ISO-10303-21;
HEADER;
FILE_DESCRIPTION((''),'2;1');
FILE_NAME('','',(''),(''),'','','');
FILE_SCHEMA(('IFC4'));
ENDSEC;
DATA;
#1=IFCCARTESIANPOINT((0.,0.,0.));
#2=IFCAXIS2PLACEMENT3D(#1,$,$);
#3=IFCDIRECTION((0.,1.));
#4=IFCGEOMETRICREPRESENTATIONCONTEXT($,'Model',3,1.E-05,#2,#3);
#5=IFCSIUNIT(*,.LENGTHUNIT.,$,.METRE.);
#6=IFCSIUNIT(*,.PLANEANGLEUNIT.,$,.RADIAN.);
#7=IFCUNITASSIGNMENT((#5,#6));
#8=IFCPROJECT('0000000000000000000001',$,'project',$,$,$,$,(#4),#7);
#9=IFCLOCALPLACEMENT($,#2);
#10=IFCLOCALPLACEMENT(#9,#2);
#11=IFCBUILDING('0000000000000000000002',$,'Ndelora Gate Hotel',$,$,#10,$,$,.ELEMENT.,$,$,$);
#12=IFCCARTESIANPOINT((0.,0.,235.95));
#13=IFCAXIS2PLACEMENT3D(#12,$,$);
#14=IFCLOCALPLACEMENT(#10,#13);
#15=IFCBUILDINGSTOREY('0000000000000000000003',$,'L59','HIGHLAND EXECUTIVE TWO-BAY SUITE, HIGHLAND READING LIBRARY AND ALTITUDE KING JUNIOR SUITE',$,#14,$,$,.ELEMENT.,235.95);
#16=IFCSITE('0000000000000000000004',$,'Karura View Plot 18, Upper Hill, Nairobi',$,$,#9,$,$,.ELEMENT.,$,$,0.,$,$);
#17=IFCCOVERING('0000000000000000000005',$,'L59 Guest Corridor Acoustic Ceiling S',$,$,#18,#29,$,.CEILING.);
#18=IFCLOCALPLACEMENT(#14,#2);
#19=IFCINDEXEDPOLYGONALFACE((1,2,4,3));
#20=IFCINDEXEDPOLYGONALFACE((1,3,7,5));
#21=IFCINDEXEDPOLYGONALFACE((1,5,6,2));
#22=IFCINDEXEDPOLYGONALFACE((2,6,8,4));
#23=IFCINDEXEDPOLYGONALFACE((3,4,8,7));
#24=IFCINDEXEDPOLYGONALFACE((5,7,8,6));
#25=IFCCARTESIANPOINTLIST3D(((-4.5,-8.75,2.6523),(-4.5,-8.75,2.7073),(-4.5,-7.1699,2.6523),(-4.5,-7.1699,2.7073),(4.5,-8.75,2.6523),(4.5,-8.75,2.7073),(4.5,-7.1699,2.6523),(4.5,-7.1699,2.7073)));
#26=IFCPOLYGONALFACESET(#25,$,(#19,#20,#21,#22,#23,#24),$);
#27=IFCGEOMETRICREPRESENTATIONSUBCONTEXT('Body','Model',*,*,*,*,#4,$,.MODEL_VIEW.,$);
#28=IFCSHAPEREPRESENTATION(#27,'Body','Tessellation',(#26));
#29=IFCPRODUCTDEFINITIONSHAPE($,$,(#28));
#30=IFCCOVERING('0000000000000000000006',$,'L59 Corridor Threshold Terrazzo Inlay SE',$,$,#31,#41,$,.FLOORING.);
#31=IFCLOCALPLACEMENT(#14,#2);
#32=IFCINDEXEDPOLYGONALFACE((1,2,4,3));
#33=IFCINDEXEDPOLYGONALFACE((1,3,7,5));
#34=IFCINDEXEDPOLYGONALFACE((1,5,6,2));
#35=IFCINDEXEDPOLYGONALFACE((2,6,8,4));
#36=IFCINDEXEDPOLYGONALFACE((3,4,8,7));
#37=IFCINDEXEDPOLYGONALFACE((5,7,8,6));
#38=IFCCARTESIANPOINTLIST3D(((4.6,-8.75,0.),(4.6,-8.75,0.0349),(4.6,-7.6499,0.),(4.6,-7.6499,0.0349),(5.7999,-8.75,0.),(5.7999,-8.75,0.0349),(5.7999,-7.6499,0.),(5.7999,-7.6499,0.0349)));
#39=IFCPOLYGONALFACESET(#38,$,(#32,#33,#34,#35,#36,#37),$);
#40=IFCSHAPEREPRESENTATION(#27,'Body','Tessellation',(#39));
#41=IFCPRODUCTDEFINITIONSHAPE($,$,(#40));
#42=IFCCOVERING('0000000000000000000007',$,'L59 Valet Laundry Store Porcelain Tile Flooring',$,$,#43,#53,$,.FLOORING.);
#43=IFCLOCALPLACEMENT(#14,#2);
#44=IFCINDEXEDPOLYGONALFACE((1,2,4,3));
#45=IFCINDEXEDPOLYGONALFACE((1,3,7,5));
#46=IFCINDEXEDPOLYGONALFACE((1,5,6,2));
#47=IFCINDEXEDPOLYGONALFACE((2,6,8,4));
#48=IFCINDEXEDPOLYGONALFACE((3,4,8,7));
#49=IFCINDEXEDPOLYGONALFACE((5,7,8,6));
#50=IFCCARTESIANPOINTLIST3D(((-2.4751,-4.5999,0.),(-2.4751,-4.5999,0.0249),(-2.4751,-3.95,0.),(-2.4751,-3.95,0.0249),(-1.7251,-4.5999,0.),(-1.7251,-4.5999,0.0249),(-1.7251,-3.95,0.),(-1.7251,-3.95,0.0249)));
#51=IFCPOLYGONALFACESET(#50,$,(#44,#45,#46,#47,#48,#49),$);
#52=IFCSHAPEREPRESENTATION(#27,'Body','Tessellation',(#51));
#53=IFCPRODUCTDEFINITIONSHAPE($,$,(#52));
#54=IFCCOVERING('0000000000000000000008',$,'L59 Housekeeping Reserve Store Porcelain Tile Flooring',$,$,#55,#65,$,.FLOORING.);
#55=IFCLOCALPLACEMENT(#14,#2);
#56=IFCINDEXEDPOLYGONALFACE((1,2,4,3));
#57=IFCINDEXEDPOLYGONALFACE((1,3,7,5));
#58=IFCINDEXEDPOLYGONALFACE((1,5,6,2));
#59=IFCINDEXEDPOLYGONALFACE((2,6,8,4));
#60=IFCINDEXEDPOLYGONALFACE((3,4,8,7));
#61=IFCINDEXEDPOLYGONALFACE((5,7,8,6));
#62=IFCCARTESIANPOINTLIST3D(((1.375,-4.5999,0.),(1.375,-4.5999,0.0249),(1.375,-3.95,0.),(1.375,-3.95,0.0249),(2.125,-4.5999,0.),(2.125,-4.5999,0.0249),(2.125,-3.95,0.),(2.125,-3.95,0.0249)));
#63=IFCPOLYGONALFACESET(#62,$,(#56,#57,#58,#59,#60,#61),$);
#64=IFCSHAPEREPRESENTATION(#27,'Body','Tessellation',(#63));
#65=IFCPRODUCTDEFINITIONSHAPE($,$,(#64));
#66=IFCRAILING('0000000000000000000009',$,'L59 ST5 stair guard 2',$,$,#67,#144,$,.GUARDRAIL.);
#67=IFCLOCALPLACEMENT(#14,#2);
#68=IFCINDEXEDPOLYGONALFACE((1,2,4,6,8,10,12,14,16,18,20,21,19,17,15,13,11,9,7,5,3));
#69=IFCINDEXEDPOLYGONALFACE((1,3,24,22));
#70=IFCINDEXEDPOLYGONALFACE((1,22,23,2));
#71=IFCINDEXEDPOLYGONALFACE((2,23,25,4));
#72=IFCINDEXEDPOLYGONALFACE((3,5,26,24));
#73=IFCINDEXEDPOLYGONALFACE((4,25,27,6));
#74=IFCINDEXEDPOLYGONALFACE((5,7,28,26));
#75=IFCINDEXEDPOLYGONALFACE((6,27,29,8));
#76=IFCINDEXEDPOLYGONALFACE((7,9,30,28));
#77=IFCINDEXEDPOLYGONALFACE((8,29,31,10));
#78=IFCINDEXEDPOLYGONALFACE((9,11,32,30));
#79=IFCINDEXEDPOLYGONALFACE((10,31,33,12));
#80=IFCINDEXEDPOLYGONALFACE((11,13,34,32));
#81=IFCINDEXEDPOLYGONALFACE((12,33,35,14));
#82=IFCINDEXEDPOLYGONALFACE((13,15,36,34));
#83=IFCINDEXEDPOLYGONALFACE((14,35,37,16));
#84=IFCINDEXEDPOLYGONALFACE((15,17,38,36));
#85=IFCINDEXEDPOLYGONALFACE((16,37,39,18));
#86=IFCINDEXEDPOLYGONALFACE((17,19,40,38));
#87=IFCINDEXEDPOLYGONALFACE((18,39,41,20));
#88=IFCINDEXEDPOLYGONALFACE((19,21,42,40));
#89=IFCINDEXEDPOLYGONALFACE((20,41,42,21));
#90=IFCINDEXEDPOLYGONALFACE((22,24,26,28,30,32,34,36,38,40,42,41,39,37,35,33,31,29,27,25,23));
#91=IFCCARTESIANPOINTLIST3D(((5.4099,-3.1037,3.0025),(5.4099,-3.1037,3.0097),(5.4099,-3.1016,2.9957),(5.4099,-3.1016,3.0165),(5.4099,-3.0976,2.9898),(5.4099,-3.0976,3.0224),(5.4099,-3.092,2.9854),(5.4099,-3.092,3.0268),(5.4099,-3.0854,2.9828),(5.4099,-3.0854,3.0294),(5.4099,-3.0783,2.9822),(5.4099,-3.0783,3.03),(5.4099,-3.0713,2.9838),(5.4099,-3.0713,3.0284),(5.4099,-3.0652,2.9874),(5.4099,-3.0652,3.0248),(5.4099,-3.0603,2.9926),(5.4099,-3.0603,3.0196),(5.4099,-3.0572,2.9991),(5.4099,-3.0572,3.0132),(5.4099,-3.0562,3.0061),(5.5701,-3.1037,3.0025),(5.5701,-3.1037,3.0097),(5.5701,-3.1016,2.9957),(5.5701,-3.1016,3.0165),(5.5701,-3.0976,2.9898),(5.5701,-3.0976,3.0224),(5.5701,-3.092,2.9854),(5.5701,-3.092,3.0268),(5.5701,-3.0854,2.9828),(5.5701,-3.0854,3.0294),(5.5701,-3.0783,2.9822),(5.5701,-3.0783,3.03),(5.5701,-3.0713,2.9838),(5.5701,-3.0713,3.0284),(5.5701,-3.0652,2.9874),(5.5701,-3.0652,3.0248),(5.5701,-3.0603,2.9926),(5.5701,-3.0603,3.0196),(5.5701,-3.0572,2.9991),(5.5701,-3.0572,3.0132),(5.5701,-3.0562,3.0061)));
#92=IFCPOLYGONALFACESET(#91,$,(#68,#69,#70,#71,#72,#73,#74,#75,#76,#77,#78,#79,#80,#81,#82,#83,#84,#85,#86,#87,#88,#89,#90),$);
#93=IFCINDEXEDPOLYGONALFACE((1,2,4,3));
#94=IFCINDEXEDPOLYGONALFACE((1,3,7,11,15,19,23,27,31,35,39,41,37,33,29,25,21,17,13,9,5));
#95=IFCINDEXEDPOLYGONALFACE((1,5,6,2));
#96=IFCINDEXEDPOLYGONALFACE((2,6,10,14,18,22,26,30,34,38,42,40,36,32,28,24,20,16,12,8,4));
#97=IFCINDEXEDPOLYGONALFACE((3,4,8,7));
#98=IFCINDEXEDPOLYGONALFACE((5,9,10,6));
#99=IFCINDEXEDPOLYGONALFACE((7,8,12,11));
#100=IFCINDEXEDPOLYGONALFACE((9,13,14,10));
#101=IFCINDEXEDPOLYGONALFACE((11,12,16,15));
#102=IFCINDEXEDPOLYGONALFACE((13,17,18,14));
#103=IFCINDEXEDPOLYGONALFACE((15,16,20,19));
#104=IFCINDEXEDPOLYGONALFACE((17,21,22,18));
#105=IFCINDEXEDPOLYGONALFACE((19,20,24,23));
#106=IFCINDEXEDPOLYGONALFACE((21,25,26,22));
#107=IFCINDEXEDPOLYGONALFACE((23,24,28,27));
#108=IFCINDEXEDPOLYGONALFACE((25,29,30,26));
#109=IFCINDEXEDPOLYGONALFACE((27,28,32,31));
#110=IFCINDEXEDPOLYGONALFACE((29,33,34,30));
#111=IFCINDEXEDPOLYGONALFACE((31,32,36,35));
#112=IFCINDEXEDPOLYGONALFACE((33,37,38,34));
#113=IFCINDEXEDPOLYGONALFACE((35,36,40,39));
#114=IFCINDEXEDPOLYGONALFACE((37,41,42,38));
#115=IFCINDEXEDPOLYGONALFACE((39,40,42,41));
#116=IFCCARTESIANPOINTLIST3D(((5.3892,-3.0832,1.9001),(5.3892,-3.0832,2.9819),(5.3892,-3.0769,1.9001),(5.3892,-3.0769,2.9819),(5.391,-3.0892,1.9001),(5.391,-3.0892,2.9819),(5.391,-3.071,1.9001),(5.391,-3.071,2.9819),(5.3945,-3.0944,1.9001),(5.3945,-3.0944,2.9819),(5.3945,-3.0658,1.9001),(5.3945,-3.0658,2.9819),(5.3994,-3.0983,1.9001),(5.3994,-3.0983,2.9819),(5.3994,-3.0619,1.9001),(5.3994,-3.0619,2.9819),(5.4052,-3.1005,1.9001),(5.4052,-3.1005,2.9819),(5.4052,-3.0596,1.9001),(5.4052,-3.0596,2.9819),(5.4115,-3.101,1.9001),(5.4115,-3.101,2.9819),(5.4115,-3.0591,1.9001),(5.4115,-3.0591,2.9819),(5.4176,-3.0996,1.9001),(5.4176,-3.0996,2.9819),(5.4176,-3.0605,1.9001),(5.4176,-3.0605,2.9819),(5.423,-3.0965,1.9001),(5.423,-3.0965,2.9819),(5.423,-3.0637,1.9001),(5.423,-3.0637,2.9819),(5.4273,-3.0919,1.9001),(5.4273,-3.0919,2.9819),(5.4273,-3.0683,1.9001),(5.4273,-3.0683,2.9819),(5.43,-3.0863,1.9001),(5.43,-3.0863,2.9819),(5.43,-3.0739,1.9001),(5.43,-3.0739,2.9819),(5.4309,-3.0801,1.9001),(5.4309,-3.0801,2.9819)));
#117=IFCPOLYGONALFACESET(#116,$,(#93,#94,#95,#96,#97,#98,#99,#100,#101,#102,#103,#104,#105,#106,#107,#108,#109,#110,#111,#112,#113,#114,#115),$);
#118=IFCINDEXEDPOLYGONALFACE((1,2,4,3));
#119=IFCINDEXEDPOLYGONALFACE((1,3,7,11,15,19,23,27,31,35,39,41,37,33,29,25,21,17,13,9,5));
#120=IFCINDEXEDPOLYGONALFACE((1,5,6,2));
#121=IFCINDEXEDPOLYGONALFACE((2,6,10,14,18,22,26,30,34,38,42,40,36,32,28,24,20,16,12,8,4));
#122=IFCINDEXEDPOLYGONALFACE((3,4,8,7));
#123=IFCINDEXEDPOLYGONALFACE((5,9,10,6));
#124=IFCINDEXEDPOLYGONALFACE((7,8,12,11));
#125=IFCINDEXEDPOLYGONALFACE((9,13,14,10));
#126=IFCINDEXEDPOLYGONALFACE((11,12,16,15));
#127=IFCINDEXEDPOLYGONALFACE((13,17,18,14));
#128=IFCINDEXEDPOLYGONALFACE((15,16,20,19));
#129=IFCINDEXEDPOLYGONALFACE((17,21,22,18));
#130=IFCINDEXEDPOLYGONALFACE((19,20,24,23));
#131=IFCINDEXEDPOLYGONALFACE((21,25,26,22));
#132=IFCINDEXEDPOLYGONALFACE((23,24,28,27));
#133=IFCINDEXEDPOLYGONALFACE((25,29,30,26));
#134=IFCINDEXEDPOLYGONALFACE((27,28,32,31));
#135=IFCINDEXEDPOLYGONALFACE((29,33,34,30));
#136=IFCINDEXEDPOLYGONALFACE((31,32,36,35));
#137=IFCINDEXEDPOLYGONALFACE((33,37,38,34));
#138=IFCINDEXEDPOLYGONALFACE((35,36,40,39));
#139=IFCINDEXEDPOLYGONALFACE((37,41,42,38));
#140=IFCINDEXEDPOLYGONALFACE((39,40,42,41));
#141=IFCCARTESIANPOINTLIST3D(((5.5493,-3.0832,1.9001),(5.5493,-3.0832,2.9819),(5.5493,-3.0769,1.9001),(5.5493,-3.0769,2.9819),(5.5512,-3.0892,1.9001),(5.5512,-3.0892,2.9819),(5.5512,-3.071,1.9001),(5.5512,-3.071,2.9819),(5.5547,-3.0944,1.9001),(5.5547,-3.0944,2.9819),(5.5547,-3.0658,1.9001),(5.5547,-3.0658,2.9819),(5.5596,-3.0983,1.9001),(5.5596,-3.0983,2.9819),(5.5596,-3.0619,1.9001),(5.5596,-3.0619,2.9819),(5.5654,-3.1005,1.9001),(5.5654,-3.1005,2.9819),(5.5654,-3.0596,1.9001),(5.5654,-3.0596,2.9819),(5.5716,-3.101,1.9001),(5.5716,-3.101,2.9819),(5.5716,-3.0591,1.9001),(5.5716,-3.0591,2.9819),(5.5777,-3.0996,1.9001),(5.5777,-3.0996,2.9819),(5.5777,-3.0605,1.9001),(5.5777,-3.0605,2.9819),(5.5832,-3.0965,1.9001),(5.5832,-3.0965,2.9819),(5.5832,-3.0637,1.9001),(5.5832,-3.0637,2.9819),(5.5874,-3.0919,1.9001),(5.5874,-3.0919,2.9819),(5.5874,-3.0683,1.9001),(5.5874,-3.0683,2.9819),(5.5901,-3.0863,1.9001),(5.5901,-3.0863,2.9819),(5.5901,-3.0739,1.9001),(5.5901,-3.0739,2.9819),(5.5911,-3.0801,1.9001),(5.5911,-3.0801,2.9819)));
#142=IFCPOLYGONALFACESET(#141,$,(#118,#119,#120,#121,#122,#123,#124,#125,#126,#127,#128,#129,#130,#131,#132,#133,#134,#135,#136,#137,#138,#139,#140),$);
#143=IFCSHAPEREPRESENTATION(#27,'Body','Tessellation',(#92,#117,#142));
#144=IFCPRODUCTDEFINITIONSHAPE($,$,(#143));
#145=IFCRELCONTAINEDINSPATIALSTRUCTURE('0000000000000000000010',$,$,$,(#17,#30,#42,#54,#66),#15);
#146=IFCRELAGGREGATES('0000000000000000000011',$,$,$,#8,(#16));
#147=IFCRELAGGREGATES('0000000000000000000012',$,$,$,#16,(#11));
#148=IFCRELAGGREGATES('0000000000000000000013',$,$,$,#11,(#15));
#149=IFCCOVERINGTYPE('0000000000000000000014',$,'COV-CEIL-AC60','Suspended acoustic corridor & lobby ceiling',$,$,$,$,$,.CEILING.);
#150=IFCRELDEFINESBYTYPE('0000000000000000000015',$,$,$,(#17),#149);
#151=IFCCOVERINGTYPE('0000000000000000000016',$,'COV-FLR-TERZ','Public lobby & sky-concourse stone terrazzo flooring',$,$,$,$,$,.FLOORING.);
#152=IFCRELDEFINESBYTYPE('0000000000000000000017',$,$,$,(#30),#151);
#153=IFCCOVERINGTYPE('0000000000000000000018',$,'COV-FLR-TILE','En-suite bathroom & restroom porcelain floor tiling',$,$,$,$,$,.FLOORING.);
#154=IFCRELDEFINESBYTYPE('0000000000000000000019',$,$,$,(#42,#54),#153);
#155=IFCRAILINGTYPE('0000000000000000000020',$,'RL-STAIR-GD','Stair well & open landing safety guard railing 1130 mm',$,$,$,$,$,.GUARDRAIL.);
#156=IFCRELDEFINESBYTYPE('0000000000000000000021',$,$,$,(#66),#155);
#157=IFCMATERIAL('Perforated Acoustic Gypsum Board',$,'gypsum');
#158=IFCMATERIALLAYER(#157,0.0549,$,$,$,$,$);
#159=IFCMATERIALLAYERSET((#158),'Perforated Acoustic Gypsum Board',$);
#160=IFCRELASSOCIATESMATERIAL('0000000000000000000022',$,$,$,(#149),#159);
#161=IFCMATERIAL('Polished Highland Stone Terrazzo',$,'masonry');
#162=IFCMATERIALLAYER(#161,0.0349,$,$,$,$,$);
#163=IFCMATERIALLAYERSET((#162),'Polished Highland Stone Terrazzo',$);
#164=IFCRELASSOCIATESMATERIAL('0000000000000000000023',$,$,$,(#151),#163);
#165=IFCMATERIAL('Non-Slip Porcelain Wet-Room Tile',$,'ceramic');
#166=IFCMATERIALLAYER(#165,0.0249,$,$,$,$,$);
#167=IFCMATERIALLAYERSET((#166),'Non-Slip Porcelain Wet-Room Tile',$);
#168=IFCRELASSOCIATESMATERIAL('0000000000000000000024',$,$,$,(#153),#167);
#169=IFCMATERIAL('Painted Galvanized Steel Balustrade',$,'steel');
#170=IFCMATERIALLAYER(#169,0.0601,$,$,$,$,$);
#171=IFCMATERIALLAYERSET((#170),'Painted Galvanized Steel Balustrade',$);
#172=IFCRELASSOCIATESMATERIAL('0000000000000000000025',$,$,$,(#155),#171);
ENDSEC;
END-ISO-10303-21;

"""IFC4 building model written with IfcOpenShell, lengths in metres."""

from ifc_helpers import new_model, si_unit, direction, frame, origin, origin_2d, place, context, subcontext, project, spatial, rectangle, circle, extrude, material, layer, layer_set, type_object, element, save


model = new_model("IFC4")

# Units and contexts
model_context = context("Model", 3, precision=1e-05, world=origin(), true_north=direction((0.0, 1.0)))
body_context = subcontext(model_context, "Body", "Model", "MODEL_VIEW")
ifc_project = project(units=[si_unit("LENGTHUNIT", "METRE"), si_unit("PLANEANGLEUNIT", "RADIAN")], contexts=[model_context])

# Site, building, storey
site_placement = place(None, origin())
site = spatial("IfcSite", under=ifc_project, at=site_placement, Name="Karura View Plot 18, Upper Hill, Nairobi", CompositionType="ELEMENT", RefElevation=0.0)
building_placement = place(site_placement, origin())
building = spatial("IfcBuilding", under=site, at=building_placement, Name="Ndelora Gate Hotel", CompositionType="ELEMENT")
storey_placement = place(building_placement, frame((0.0, 0.0, 235.95)))
storey = spatial("IfcBuildingStorey", under=building, at=storey_placement, Name="L59", Description="HIGHLAND EXECUTIVE TWO-BAY SUITE, HIGHLAND READING LIBRARY AND ALTITUDE KING JUNIOR SUITE", CompositionType="ELEMENT", Elevation=235.95)

# Coverings
ifc_material_1 = material(Name="Perforated Acoustic Gypsum Board", Category="gypsum")
ifc_layer_1 = layer(ifc_material_1, 0.0549)
ifc_layer_set_1 = layer_set([ifc_layer_1], Name="Perforated Acoustic Gypsum Board")
covering_type_1 = type_object("IfcCoveringType", Name="COV-CEIL-AC60", Description="Suspended acoustic corridor & lobby ceiling", PredefinedType="CEILING", material=ifc_layer_set_1)
covering_1_placement = place(storey_placement, frame((0.0, -7.96, 2.6523), z_axis=(0.0, 0.0, 1.0), x_axis=(1.0, 0.0, 0.0)))
element("IfcCovering", 1, at=covering_1_placement, inside=storey, type_object=covering_type_1, Name="L59 Guest Corridor Acoustic Ceiling S", PredefinedType="CEILING", context=body_context, shape_type="SweptSolid", body=[
    extrude(rectangle(XDim=9.0, YDim=1.5801, at=origin_2d()), origin(), (0.0, 0.0, 1.0), 0.0549),
])
ifc_material_2 = material(Name="Polished Highland Stone Terrazzo", Category="masonry")
ifc_layer_2 = layer(ifc_material_2, 0.0349)
ifc_layer_set_2 = layer_set([ifc_layer_2], Name="Polished Highland Stone Terrazzo")
covering_type_2 = type_object("IfcCoveringType", Name="COV-FLR-TERZ", Description="Public lobby & sky-concourse stone terrazzo flooring", PredefinedType="FLOORING", material=ifc_layer_set_2)
covering_2_placement = place(storey_placement, frame((5.2, -8.2, 0.0), z_axis=(0.0, 0.0, 1.0), x_axis=(1.0, 0.0, 0.0)))
element("IfcCovering", 2, at=covering_2_placement, inside=storey, type_object=covering_type_2, Name="L59 Corridor Threshold Terrazzo Inlay SE", PredefinedType="FLOORING", context=body_context, shape_type="SweptSolid", body=[
    extrude(rectangle(XDim=1.2, YDim=1.1001, at=origin_2d()), origin(), (0.0, 0.0, 1.0), 0.0349),
])
ifc_material_3 = material(Name="Non-Slip Porcelain Wet-Room Tile", Category="ceramic")
ifc_layer_3 = layer(ifc_material_3, 0.0249)
ifc_layer_set_3 = layer_set([ifc_layer_3], Name="Non-Slip Porcelain Wet-Room Tile")
covering_type_3 = type_object("IfcCoveringType", Name="COV-FLR-TILE", Description="En-suite bathroom & restroom porcelain floor tiling", PredefinedType="FLOORING", material=ifc_layer_set_3)
for number, where, z_axis, x_axis, name in (
    (3, (-2.1001, -4.2749, 0.0), (0.0, 0.0, 1.0), (1.0, 0.0, 0.0), "L59 Valet Laundry Store Porcelain Tile Flooring"),
    (4, (1.75, -4.2749, 0.0), (0.0, 0.0, 1.0), (1.0, 0.0, 0.0), "L59 Housekeeping Reserve Store Porcelain Tile Flooring"),
):
    element("IfcCovering", number, at=place(storey_placement, frame(where, z_axis=z_axis, x_axis=x_axis)), inside=storey, type_object=covering_type_3, Name=name, PredefinedType="FLOORING", context=body_context, shape_type="SweptSolid", body=[
        extrude(rectangle(XDim=0.75, YDim=0.6499, at=origin_2d()), origin(), (0.0, 0.0, 1.0), 0.0249),
    ])

# Railing
ifc_material_4 = material(Name="Painted Galvanized Steel Balustrade", Category="steel")
ifc_layer_4 = layer(ifc_material_4, 0.0601)
ifc_layer_set_4 = layer_set([ifc_layer_4], Name="Painted Galvanized Steel Balustrade")
railing_type_1 = type_object("IfcRailingType", Name="RL-STAIR-GD", Description="Stair well & open landing safety guard railing 1130 mm", PredefinedType="GUARDRAIL", material=ifc_layer_set_4)
railing_1_placement = place(storey_placement, frame((5.4099, -3.0801, 1.9001)))
element("IfcRailing", 5, at=railing_1_placement, inside=storey, type_object=railing_type_1, Name="L59 ST5 stair guard 2", PredefinedType="GUARDRAIL", context=body_context, shape_type="SweptSolid", body=[
    extrude(circle(Radius=0.0239, at=origin_2d()), frame((0.0, 0.0, 1.106), z_axis=(1.0, 0.0, 0.0), x_axis=(0.0, 1.0, 0.0)), (0.0, 0.0, 1.0), 0.1602),
    extrude(circle(Radius=0.021, at=origin_2d()), origin(), (0.0, 0.0, 1.0), 1.0818),
    extrude(circle(Radius=0.021, at=origin_2d()), frame((0.1602, 0.0, 0.0)), (0.0, 0.0, 1.0), 1.0818),
])

save(model, "model.ifc")
